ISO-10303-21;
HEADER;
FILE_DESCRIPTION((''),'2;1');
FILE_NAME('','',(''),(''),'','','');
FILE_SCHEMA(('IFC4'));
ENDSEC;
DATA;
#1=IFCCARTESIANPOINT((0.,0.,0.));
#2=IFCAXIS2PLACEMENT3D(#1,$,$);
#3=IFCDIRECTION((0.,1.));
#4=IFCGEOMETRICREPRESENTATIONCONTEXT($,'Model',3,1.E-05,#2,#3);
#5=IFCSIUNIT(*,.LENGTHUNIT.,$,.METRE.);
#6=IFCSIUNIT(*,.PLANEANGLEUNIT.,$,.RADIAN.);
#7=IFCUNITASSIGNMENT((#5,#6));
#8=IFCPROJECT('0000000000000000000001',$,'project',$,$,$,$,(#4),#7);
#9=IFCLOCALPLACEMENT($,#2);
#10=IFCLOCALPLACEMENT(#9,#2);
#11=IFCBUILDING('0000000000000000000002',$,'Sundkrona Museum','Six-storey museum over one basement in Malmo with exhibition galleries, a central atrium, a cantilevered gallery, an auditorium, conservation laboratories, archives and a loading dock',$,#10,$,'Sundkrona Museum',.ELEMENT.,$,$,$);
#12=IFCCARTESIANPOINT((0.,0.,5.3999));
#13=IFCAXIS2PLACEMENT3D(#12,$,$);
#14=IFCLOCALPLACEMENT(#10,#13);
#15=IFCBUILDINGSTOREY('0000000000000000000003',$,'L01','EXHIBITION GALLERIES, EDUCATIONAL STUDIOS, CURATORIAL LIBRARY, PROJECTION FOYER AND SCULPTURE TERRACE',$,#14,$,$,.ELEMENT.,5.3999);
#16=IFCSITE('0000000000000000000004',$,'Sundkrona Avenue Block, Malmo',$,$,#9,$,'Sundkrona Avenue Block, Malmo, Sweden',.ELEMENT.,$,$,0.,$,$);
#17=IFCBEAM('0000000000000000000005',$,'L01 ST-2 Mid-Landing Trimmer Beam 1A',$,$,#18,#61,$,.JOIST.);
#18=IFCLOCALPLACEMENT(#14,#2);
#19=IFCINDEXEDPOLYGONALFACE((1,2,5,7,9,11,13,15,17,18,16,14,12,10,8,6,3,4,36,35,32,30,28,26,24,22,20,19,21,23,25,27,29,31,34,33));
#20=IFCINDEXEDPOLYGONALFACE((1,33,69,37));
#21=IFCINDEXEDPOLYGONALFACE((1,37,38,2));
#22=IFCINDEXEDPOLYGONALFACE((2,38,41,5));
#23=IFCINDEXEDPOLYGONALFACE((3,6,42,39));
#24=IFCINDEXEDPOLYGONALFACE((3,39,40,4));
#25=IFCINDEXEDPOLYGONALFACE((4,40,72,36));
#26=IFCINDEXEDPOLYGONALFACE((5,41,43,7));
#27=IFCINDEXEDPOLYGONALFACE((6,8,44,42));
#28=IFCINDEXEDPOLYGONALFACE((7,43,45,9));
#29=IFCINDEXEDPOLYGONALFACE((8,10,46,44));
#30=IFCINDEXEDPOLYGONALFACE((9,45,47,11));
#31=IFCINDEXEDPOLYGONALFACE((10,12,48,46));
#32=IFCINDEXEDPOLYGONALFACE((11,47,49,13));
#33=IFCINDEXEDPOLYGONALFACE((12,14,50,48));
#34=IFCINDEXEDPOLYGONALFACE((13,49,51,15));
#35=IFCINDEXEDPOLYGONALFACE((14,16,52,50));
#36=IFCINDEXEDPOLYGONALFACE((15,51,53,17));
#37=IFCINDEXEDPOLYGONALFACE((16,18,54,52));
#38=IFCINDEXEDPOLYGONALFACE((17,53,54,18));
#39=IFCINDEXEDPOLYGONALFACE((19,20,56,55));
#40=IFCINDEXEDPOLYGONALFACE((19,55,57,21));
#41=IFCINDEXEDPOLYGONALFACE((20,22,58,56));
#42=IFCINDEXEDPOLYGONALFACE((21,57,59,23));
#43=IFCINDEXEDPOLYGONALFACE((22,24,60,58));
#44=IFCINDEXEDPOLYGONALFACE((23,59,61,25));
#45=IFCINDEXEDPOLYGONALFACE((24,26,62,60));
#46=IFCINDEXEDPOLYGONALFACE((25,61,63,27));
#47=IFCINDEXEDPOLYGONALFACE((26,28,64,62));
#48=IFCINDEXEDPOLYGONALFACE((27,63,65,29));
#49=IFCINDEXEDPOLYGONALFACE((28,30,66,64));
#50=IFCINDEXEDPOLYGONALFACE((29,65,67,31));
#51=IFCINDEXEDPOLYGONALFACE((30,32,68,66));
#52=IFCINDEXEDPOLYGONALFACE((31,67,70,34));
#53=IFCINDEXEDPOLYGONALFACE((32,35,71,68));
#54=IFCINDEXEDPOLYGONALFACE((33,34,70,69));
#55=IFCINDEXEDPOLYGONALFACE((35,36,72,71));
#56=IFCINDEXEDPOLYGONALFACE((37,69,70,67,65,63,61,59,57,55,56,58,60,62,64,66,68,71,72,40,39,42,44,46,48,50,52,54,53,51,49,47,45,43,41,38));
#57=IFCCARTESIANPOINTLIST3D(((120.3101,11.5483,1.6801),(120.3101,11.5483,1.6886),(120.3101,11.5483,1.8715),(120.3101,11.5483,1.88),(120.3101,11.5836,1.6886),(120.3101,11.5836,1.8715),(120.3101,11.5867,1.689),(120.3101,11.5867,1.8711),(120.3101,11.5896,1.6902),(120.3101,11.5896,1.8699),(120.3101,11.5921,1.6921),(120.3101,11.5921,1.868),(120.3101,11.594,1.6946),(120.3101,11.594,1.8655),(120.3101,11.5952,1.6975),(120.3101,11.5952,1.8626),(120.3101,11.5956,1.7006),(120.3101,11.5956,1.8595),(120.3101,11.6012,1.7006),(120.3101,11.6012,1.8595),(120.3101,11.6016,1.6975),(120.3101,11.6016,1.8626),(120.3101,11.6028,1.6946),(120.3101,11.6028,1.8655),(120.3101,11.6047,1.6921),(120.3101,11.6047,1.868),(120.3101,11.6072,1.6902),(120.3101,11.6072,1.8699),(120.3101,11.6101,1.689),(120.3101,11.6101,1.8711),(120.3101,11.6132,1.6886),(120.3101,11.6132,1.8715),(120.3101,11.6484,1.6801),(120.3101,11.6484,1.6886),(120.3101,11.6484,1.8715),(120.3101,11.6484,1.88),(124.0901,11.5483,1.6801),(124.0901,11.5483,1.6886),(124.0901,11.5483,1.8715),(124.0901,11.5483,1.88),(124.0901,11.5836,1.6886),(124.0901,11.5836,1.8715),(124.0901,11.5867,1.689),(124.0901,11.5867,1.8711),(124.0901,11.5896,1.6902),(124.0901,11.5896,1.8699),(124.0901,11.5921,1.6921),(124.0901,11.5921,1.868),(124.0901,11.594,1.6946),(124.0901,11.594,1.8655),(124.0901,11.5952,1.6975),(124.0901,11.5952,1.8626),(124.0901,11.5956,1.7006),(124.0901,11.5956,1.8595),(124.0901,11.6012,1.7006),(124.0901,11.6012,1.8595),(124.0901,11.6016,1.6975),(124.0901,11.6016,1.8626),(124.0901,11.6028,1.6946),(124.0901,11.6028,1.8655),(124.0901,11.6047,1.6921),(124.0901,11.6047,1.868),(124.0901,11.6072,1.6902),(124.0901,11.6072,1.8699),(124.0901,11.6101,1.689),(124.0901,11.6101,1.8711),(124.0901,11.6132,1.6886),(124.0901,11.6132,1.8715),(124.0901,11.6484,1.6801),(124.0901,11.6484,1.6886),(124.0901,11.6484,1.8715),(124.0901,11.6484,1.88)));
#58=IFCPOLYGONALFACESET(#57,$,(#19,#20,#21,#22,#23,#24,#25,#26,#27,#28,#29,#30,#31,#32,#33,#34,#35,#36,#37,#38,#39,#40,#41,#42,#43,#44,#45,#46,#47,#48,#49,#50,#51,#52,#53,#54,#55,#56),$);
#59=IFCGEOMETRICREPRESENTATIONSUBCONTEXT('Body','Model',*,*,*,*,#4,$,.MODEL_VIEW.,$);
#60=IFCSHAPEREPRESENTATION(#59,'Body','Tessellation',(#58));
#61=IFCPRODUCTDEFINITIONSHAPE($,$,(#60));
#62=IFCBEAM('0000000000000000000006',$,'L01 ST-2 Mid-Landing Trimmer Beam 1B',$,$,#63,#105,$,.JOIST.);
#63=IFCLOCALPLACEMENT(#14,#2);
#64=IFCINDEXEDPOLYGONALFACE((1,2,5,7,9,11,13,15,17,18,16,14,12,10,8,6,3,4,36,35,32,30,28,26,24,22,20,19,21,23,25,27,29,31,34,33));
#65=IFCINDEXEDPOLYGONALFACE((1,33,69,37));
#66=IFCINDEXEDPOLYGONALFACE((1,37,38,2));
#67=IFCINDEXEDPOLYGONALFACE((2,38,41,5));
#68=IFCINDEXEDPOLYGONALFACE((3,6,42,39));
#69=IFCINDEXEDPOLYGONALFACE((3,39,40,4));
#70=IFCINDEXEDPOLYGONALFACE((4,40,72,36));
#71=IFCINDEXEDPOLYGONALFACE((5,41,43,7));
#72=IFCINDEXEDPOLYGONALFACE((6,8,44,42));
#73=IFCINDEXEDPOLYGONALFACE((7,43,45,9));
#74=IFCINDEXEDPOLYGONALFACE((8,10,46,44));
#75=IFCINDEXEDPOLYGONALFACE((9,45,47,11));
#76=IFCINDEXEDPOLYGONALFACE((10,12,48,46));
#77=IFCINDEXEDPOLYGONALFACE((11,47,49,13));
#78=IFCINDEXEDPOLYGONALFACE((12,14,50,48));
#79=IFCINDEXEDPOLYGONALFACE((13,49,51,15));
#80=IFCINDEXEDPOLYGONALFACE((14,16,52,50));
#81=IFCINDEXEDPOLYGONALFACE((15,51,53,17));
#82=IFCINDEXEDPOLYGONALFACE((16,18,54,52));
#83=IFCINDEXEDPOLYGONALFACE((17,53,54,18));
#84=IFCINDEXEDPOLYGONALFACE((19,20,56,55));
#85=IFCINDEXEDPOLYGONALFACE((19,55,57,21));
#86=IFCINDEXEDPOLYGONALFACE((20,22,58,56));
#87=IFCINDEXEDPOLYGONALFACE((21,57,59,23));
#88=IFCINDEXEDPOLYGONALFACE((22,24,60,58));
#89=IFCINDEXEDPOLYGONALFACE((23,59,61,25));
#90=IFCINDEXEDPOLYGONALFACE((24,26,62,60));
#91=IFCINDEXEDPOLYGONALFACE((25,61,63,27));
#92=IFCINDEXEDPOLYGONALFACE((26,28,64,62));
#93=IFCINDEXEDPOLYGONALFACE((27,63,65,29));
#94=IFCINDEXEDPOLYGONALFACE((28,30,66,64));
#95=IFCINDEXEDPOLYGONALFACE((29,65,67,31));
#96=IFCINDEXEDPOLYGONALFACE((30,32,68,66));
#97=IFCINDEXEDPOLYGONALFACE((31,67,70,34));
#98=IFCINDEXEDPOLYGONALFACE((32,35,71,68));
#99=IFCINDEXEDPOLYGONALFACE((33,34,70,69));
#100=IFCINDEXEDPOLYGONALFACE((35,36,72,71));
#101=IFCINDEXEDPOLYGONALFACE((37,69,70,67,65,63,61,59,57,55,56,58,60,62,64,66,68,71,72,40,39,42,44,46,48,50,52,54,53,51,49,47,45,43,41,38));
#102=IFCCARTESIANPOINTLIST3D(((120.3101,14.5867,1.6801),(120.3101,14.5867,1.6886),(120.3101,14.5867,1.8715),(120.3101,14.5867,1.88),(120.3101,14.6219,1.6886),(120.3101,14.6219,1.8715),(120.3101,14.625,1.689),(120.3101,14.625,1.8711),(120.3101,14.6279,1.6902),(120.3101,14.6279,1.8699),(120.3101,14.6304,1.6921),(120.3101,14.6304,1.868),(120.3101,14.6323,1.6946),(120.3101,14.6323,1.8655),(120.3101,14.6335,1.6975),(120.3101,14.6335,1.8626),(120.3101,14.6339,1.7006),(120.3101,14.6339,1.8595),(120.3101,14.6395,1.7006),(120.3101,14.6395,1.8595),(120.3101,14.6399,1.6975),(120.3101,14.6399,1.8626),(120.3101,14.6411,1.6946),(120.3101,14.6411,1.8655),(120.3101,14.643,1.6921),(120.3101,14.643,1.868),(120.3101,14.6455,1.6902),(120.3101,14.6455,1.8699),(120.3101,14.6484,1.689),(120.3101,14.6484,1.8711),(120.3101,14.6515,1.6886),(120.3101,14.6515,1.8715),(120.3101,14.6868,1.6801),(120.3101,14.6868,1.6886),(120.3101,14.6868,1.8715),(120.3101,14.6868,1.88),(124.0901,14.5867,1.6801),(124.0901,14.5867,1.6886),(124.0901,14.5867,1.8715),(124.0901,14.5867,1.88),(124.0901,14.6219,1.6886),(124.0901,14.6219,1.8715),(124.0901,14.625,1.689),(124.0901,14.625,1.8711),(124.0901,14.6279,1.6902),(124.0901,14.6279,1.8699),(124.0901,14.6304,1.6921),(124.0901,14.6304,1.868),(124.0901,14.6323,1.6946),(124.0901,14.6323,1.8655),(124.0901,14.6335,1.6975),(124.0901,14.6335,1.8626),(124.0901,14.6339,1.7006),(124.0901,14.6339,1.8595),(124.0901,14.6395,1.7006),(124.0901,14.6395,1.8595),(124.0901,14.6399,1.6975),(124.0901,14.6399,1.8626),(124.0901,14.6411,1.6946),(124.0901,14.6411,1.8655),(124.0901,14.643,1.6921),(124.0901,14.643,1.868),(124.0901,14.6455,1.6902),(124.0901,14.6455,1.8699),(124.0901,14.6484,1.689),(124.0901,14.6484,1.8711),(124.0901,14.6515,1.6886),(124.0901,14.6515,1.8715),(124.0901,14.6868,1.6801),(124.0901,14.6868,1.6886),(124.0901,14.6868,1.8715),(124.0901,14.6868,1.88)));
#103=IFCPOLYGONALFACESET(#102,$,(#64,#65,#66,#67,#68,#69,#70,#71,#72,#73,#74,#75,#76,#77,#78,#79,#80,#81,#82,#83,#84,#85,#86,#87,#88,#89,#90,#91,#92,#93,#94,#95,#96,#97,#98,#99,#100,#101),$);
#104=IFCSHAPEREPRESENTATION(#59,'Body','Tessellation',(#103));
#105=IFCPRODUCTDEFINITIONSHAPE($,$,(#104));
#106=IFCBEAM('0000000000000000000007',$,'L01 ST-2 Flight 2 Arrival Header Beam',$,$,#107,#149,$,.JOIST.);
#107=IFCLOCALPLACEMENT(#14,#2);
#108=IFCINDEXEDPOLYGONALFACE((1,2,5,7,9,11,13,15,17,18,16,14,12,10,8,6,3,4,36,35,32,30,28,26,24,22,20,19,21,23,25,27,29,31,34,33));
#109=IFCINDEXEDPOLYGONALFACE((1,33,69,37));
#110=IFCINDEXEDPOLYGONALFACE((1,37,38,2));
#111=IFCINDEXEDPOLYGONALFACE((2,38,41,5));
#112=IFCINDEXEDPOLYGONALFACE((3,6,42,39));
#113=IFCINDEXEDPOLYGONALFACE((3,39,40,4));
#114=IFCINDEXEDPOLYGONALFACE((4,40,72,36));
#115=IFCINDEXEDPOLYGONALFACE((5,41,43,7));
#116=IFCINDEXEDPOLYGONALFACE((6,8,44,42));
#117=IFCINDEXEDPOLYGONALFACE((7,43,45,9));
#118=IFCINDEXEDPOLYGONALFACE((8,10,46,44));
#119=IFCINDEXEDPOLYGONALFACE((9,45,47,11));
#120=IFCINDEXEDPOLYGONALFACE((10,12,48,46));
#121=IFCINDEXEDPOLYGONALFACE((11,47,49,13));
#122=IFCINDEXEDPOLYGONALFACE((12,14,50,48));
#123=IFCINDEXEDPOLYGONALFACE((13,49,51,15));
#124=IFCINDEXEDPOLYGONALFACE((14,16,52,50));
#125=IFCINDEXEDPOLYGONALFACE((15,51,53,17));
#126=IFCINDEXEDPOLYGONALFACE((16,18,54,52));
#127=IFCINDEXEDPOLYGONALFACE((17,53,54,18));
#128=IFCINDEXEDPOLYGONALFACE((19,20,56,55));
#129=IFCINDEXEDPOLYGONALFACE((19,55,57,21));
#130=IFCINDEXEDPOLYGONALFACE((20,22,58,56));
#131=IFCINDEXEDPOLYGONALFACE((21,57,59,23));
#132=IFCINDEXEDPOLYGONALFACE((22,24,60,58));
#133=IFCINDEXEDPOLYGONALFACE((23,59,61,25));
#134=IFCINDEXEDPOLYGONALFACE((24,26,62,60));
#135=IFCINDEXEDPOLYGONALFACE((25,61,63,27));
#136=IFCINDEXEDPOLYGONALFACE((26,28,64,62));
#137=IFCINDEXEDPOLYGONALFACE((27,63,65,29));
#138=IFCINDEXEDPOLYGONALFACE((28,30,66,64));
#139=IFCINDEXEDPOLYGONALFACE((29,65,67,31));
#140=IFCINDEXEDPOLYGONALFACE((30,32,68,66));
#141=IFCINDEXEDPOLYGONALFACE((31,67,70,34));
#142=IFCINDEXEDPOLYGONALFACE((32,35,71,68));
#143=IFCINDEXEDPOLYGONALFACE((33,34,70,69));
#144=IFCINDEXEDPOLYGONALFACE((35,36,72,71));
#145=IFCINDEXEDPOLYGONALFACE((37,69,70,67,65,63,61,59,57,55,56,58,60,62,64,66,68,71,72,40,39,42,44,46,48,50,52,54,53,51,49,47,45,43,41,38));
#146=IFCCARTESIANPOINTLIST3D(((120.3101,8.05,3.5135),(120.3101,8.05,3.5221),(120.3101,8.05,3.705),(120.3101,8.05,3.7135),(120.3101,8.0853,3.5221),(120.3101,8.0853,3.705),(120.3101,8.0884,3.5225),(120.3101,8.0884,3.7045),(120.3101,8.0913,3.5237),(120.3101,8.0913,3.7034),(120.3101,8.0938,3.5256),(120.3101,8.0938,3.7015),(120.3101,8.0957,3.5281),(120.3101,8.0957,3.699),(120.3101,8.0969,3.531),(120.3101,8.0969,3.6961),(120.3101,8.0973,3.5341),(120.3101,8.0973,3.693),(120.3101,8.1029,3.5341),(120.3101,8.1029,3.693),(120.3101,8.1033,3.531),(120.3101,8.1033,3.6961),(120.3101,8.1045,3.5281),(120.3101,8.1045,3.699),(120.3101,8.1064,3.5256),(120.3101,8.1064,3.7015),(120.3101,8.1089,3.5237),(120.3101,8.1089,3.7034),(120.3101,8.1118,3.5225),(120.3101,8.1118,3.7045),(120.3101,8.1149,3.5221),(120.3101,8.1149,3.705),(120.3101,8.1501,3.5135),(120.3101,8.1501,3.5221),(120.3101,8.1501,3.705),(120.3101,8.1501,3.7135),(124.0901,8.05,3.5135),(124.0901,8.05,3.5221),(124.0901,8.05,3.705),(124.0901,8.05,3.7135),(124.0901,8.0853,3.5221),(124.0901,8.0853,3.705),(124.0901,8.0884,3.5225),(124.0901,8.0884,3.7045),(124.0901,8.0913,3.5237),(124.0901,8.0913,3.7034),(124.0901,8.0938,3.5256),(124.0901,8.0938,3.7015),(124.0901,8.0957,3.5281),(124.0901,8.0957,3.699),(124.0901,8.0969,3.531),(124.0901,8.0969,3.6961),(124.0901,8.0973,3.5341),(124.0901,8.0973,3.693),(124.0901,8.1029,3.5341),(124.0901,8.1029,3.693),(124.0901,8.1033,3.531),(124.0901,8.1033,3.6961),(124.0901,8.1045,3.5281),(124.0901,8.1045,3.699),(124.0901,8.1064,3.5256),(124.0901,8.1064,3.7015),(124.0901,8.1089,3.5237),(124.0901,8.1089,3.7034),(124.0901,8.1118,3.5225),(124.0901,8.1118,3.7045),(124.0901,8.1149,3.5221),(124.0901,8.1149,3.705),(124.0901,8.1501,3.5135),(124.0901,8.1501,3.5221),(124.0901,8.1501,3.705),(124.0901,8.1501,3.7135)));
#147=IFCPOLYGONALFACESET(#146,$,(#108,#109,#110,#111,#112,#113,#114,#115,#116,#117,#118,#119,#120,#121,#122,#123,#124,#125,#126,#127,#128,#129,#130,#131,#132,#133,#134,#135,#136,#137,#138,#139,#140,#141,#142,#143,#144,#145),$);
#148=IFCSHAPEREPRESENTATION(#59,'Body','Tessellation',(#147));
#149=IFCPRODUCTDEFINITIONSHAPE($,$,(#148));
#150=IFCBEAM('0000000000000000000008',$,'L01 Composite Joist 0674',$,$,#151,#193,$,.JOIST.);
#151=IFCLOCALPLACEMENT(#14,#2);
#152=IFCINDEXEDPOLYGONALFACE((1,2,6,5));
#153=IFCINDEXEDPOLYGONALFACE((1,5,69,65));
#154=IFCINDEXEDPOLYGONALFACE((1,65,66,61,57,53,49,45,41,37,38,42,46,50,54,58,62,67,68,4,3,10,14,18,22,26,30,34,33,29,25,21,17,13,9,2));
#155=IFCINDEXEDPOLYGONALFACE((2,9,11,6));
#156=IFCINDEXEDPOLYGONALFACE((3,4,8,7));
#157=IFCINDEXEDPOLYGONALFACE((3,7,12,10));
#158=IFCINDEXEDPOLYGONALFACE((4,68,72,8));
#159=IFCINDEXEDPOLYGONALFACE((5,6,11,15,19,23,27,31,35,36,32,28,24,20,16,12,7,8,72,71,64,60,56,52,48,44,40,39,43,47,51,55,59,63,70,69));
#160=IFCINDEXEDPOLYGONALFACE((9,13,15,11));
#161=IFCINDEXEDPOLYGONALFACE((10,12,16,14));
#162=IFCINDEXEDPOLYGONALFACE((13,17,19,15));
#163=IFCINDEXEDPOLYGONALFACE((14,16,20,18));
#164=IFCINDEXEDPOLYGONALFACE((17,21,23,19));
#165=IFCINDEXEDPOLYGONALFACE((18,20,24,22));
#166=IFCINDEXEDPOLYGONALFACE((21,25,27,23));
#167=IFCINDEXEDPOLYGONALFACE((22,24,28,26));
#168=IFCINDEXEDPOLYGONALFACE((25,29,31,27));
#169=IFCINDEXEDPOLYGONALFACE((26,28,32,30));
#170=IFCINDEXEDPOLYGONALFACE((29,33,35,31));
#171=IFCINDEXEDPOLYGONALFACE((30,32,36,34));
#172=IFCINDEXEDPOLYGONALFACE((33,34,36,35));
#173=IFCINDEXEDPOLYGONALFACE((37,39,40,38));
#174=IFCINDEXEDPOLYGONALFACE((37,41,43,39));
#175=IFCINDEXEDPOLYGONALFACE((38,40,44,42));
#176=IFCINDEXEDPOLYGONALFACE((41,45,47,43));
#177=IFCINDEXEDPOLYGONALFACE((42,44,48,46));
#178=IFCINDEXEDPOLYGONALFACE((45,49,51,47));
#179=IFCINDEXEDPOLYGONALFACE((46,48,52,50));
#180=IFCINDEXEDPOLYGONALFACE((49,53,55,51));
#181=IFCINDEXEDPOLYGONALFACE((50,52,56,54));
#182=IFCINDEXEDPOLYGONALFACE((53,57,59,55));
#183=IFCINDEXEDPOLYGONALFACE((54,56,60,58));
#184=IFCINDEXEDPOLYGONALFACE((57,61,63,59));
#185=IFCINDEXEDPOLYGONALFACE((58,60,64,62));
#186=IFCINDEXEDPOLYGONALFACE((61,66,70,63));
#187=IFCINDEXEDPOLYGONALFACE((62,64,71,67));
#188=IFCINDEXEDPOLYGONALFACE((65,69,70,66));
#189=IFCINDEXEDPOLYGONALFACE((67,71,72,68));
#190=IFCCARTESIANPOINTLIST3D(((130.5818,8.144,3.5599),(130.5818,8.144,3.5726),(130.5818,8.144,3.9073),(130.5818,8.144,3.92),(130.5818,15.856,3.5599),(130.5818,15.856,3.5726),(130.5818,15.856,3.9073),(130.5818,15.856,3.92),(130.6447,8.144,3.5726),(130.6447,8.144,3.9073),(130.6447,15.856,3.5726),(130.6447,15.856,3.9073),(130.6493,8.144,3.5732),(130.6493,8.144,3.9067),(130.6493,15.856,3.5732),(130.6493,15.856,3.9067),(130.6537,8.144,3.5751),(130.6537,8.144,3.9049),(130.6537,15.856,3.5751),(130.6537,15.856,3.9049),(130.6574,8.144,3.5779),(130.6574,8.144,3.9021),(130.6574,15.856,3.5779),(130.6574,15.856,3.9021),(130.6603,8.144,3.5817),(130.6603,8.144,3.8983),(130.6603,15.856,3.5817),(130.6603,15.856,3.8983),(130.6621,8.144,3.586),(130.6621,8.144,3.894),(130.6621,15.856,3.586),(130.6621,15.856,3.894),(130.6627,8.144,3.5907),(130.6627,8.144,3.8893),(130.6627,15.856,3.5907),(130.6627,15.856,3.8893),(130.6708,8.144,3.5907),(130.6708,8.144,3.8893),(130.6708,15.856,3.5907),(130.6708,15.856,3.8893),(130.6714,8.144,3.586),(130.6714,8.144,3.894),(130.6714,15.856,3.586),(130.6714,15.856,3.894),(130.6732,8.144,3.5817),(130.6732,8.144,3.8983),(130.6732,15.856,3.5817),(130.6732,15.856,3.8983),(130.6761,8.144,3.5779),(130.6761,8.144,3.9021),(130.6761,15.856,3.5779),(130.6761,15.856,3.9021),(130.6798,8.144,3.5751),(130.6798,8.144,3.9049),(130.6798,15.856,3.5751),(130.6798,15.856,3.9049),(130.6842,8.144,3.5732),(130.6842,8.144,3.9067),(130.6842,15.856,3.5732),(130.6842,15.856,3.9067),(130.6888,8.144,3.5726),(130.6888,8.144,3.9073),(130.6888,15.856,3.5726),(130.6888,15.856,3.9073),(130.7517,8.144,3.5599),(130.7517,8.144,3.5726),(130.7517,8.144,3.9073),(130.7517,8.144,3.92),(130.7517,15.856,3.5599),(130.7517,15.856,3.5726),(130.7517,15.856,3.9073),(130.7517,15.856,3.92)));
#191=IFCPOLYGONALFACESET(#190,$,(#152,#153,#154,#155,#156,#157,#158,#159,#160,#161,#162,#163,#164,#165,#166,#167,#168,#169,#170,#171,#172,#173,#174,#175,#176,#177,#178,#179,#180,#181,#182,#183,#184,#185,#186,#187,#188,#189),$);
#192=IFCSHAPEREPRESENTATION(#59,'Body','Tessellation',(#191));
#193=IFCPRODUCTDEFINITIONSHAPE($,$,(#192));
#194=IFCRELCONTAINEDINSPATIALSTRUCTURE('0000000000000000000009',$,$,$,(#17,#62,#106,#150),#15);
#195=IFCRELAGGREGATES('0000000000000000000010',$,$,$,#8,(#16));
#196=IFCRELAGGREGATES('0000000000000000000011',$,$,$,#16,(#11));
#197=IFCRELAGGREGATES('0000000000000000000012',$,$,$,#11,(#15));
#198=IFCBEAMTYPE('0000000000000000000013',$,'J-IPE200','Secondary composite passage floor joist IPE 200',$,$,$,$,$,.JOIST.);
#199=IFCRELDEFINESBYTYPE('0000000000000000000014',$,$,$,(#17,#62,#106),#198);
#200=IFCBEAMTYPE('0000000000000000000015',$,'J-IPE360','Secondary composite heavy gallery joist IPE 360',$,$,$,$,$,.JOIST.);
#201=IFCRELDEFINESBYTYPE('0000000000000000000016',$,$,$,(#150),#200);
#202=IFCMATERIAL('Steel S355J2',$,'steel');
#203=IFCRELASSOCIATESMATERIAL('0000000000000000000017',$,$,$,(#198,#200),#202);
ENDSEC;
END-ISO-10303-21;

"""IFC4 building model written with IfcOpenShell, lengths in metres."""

from ifc_helpers import new_model, si_unit, direction, frame, origin, origin_2d, place, context, subcontext, project, spatial, i_section, extrude, material, material_profile, profile_set, type_object, element, save


model = new_model("IFC4")

# Units and contexts
model_context = context("Model", 3, precision=1e-05, world=origin(), true_north=direction((0.0, 1.0)))
body_context = subcontext(model_context, "Body", "Model", "MODEL_VIEW")
ifc_project = project(units=[si_unit("LENGTHUNIT", "METRE"), si_unit("PLANEANGLEUNIT", "RADIAN")], contexts=[model_context])

# Site, building, storey
site_placement = place(None, origin())
site = spatial("IfcSite", under=ifc_project, at=site_placement, Name="Sundkrona Avenue Block, Malmo", LongName="Sundkrona Avenue Block, Malmo, Sweden", CompositionType="ELEMENT", RefElevation=0.0)
building_placement = place(site_placement, origin())
building = spatial("IfcBuilding", under=site, at=building_placement, Name="Sundkrona Museum", Description="Six-storey museum over one basement in Malmo with exhibition galleries, a central atrium, a cantilevered gallery, an auditorium, conservation laboratories, archives and a loading dock", LongName="Sundkrona Museum", CompositionType="ELEMENT")
storey_placement = place(building_placement, frame((0.0, 0.0, 5.3999)))
storey = spatial("IfcBuildingStorey", under=building, at=storey_placement, Name="L01", Description="EXHIBITION GALLERIES, EDUCATIONAL STUDIOS, CURATORIAL LIBRARY, PROJECTION FOYER AND SCULPTURE TERRACE", CompositionType="ELEMENT", Elevation=5.3999)

# Shared definitions
ifc_material_1 = material(Name="Steel S355J2", Category="steel")

# Beams
ifc_material_profile_1 = material_profile(ifc_material_1, i_section(OverallWidth=0.1001, OverallDepth=0.2, WebThickness=0.0056, FlangeThickness=0.0085, FilletRadius=0.012, at=origin_2d()), Name="IPE 200")
ifc_profile_set_1 = profile_set([ifc_material_profile_1], Name="Steel S355J2")
beam_type_1 = type_object("IfcBeamType", Name="J-IPE200", Description="Secondary composite passage floor joist IPE 200", PredefinedType="JOIST", material=ifc_profile_set_1)
for number, where, z_axis, x_axis, name in (
    (1, (120.3101, 11.5984, 1.78), (1.0, 0.0, 0.0), (0.0, 1.0, 0.0), "L01 ST-2 Mid-Landing Trimmer Beam 1A"),
    (2, (120.3101, 14.6367, 1.78), (1.0, 0.0, 0.0), (0.0, 1.0, 0.0), "L01 ST-2 Mid-Landing Trimmer Beam 1B"),
    (3, (120.3101, 8.1001, 3.6135), (1.0, 0.0, 0.0), (0.0, 1.0, 0.0), "L01 ST-2 Flight 2 Arrival Header Beam"),
):
    element("IfcBeam", number, at=place(storey_placement, frame(where, z_axis=z_axis, x_axis=x_axis)), inside=storey, type_object=beam_type_1, Name=name, PredefinedType="JOIST", context=body_context, shape_type="SweptSolid", body=[
        extrude(i_section(OverallWidth=0.1001, OverallDepth=0.2, WebThickness=0.0056, FlangeThickness=0.0085, FilletRadius=0.012, at=origin_2d()), origin(), (0.0, 0.0, 1.0), 3.78),
    ])
ifc_material_profile_2 = material_profile(ifc_material_1, i_section(OverallWidth=0.1699, OverallDepth=0.3601, WebThickness=0.0081, FlangeThickness=0.0127, FilletRadius=0.0181, at=origin_2d()), Name="IPE 360")
ifc_profile_set_2 = profile_set([ifc_material_profile_2], Name="Steel S355J2")
beam_type_2 = type_object("IfcBeamType", Name="J-IPE360", Description="Secondary composite heavy gallery joist IPE 360", PredefinedType="JOIST", material=ifc_profile_set_2)
beam_1_placement = place(storey_placement, frame((130.6667, 8.144, 3.74), z_axis=(0.0, 1.0, 0.0), x_axis=(-1.0, 0.0, 0.0)))
element("IfcBeam", 4, at=beam_1_placement, inside=storey, type_object=beam_type_2, Name="L01 Composite Joist 0674", PredefinedType="JOIST", context=body_context, shape_type="SweptSolid", body=[
    extrude(i_section(OverallWidth=0.1699, OverallDepth=0.3601, WebThickness=0.0081, FlangeThickness=0.0127, FilletRadius=0.0181, at=origin_2d()), origin(), (0.0, 0.0, 1.0), 7.7119),
])

save(model, "model.ifc")
